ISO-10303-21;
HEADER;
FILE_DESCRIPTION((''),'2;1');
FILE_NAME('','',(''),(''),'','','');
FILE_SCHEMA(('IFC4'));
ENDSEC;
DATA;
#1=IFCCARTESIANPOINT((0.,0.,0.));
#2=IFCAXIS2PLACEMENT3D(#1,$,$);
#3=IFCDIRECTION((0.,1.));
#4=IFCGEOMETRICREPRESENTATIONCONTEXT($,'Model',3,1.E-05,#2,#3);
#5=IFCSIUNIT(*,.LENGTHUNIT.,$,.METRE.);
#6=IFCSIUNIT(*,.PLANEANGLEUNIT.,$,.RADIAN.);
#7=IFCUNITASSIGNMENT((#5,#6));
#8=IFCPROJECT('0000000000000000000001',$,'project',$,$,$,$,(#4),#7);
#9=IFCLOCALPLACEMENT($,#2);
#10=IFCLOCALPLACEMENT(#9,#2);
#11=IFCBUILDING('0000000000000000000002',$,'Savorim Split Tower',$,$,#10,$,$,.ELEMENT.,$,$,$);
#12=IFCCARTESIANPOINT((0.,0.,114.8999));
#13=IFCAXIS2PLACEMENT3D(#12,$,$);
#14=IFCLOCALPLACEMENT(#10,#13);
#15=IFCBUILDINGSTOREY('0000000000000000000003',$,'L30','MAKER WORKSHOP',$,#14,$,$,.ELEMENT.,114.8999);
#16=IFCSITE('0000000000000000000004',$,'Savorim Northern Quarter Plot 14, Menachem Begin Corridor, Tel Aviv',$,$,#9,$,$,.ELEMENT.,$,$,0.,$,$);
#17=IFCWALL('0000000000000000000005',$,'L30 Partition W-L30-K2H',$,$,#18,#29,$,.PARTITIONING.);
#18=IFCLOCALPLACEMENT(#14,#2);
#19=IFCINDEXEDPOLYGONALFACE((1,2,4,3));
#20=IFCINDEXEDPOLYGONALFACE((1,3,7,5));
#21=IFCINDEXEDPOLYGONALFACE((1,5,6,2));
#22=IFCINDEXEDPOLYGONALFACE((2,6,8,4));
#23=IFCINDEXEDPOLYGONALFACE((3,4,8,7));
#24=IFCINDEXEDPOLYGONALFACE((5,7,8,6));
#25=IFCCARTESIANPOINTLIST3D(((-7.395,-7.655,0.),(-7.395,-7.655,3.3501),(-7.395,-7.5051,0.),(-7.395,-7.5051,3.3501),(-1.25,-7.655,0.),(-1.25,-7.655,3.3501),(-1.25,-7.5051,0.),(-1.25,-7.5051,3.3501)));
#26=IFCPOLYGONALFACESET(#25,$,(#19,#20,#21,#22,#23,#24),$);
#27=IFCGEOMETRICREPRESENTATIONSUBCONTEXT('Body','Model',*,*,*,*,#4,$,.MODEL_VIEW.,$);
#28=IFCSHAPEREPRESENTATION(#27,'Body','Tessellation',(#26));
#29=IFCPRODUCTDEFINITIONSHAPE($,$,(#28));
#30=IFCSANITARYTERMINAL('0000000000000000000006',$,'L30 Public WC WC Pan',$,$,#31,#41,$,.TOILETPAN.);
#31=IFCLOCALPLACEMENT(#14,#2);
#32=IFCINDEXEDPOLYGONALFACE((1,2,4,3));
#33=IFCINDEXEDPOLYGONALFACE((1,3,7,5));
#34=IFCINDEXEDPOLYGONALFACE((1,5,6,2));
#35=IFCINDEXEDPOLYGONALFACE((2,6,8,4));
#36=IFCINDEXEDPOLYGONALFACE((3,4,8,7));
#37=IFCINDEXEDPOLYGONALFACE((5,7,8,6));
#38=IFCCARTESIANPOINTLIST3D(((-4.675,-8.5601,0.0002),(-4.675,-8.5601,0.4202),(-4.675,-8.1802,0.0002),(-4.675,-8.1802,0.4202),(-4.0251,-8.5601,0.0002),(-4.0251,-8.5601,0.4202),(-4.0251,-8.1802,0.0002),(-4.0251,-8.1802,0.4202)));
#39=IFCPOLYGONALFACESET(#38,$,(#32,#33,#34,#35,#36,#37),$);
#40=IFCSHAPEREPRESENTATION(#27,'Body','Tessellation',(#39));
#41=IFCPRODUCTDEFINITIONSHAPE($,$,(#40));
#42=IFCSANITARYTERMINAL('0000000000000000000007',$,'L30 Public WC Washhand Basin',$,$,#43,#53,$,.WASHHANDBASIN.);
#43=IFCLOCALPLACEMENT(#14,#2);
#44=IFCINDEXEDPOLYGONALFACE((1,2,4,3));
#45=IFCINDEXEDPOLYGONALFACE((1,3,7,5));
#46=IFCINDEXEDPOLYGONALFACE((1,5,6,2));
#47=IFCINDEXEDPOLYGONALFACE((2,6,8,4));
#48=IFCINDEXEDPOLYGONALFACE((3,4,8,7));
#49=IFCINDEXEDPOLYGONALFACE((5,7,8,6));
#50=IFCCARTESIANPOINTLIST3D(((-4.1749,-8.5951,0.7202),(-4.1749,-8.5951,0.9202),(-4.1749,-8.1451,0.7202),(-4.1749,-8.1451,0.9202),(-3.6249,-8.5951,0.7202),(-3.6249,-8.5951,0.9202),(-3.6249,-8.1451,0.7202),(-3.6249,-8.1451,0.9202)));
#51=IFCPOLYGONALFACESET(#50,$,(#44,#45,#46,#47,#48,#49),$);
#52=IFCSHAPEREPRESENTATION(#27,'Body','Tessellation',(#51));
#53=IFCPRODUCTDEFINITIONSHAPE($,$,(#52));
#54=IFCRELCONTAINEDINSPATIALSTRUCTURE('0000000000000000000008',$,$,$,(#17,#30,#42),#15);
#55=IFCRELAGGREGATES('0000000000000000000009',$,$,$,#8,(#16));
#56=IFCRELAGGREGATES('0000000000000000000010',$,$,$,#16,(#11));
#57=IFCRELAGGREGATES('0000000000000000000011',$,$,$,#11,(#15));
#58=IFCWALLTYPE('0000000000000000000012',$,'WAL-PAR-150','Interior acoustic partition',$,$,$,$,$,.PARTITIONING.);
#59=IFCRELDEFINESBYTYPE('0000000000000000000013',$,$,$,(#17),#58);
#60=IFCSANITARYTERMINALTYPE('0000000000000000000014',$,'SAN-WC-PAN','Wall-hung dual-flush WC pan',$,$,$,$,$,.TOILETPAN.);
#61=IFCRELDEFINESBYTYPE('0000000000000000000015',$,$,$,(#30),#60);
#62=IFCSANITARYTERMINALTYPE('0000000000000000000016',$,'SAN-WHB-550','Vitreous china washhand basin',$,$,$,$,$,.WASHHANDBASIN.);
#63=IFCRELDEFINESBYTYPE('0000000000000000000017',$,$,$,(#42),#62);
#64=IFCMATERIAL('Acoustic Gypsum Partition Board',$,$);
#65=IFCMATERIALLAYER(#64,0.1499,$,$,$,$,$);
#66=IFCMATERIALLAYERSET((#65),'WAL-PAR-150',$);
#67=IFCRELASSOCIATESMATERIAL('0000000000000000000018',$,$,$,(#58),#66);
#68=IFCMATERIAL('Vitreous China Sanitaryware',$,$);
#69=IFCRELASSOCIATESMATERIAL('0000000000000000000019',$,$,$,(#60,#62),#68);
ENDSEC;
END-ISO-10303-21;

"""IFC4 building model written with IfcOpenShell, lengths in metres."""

from ifc_helpers import new_model, si_unit, direction, frame, frame_2d, origin, origin_2d, place, context, subcontext, project, spatial, rectangle, extrude, material, layer, layer_set, type_object, element, save


model = new_model("IFC4")

# Units and contexts
model_context = context("Model", 3, precision=1e-05, world=origin(), true_north=direction((0.0, 1.0)))
body_context = subcontext(model_context, "Body", "Model", "MODEL_VIEW")
ifc_project = project(units=[si_unit("LENGTHUNIT", "METRE"), si_unit("PLANEANGLEUNIT", "RADIAN")], contexts=[model_context])

# Site, building, storey
site_placement = place(None, origin())
site = spatial("IfcSite", under=ifc_project, at=site_placement, Name="Savorim Northern Quarter Plot 14, Menachem Begin Corridor, Tel Aviv", CompositionType="ELEMENT", RefElevation=0.0)
building_placement = place(site_placement, origin())
building = spatial("IfcBuilding", under=site, at=building_placement, Name="Savorim Split Tower", CompositionType="ELEMENT")
storey_placement = place(building_placement, frame((0.0, 0.0, 114.8999)))
storey = spatial("IfcBuildingStorey", under=building, at=storey_placement, Name="L30", Description="MAKER WORKSHOP", CompositionType="ELEMENT", Elevation=114.8999)

# Shared definitions
ifc_material_1 = material(Name="Acoustic Gypsum Partition Board")
ifc_layer_1 = layer(ifc_material_1, 0.1499)
ifc_layer_set_1 = layer_set([ifc_layer_1], Name="WAL-PAR-150")
wall_type_1 = type_object("IfcWallType", Name="WAL-PAR-150", Description="Interior acoustic partition", PredefinedType="PARTITIONING", material=ifc_layer_set_1)

# Wall
wall_1_placement = place(storey_placement, frame((-7.395, -7.5801, 0.0), z_axis=(0.0, 0.0, 1.0), x_axis=(1.0, 0.0, 0.0)))
element("IfcWall", 1, at=wall_1_placement, inside=storey, type_object=wall_type_1, Name="L30 Partition W-L30-K2H", PredefinedType="PARTITIONING", context=body_context, shape_type="SweptSolid", body=[
    extrude(rectangle(XDim=6.145, YDim=0.1499, at=frame_2d((3.0725, 0.0))), origin(), (0.0, 0.0, 1.0), 3.3501),
])

# Sanitary terminals
ifc_material_2 = material(Name="Vitreous China Sanitaryware")
sanitary_terminal_type_1 = type_object("IfcSanitaryTerminalType", Name="SAN-WC-PAN", Description="Wall-hung dual-flush WC pan", PredefinedType="TOILETPAN", material=ifc_material_2)
sanitary_terminal_1_placement = place(storey_placement, frame((-4.3501, -8.3701, 0.0002), z_axis=(0.0, 0.0, 1.0), x_axis=(1.0, 0.0, 0.0)))
element("IfcSanitaryTerminal", 2, at=sanitary_terminal_1_placement, inside=storey, type_object=sanitary_terminal_type_1, Name="L30 Public WC WC Pan", PredefinedType="TOILETPAN", context=body_context, shape_type="SweptSolid", body=[
    extrude(rectangle(XDim=0.6499, YDim=0.3799, at=origin_2d()), origin(), (0.0, 0.0, 1.0), 0.4199),
])
sanitary_terminal_type_2 = type_object("IfcSanitaryTerminalType", Name="SAN-WHB-550", Description="Vitreous china washhand basin", PredefinedType="WASHHANDBASIN", material=ifc_material_2)
sanitary_terminal_2_placement = place(storey_placement, frame((-3.8999, -8.3701, 0.7202), z_axis=(0.0, 0.0, 1.0), x_axis=(1.0, 0.0, 0.0)))
element("IfcSanitaryTerminal", 3, at=sanitary_terminal_2_placement, inside=storey, type_object=sanitary_terminal_type_2, Name="L30 Public WC Washhand Basin", PredefinedType="WASHHANDBASIN", context=body_context, shape_type="SweptSolid", body=[
    extrude(rectangle(XDim=0.55, YDim=0.45, at=origin_2d()), origin(), (0.0, 0.0, 1.0), 0.2),
])

save(model, "model.ifc")
